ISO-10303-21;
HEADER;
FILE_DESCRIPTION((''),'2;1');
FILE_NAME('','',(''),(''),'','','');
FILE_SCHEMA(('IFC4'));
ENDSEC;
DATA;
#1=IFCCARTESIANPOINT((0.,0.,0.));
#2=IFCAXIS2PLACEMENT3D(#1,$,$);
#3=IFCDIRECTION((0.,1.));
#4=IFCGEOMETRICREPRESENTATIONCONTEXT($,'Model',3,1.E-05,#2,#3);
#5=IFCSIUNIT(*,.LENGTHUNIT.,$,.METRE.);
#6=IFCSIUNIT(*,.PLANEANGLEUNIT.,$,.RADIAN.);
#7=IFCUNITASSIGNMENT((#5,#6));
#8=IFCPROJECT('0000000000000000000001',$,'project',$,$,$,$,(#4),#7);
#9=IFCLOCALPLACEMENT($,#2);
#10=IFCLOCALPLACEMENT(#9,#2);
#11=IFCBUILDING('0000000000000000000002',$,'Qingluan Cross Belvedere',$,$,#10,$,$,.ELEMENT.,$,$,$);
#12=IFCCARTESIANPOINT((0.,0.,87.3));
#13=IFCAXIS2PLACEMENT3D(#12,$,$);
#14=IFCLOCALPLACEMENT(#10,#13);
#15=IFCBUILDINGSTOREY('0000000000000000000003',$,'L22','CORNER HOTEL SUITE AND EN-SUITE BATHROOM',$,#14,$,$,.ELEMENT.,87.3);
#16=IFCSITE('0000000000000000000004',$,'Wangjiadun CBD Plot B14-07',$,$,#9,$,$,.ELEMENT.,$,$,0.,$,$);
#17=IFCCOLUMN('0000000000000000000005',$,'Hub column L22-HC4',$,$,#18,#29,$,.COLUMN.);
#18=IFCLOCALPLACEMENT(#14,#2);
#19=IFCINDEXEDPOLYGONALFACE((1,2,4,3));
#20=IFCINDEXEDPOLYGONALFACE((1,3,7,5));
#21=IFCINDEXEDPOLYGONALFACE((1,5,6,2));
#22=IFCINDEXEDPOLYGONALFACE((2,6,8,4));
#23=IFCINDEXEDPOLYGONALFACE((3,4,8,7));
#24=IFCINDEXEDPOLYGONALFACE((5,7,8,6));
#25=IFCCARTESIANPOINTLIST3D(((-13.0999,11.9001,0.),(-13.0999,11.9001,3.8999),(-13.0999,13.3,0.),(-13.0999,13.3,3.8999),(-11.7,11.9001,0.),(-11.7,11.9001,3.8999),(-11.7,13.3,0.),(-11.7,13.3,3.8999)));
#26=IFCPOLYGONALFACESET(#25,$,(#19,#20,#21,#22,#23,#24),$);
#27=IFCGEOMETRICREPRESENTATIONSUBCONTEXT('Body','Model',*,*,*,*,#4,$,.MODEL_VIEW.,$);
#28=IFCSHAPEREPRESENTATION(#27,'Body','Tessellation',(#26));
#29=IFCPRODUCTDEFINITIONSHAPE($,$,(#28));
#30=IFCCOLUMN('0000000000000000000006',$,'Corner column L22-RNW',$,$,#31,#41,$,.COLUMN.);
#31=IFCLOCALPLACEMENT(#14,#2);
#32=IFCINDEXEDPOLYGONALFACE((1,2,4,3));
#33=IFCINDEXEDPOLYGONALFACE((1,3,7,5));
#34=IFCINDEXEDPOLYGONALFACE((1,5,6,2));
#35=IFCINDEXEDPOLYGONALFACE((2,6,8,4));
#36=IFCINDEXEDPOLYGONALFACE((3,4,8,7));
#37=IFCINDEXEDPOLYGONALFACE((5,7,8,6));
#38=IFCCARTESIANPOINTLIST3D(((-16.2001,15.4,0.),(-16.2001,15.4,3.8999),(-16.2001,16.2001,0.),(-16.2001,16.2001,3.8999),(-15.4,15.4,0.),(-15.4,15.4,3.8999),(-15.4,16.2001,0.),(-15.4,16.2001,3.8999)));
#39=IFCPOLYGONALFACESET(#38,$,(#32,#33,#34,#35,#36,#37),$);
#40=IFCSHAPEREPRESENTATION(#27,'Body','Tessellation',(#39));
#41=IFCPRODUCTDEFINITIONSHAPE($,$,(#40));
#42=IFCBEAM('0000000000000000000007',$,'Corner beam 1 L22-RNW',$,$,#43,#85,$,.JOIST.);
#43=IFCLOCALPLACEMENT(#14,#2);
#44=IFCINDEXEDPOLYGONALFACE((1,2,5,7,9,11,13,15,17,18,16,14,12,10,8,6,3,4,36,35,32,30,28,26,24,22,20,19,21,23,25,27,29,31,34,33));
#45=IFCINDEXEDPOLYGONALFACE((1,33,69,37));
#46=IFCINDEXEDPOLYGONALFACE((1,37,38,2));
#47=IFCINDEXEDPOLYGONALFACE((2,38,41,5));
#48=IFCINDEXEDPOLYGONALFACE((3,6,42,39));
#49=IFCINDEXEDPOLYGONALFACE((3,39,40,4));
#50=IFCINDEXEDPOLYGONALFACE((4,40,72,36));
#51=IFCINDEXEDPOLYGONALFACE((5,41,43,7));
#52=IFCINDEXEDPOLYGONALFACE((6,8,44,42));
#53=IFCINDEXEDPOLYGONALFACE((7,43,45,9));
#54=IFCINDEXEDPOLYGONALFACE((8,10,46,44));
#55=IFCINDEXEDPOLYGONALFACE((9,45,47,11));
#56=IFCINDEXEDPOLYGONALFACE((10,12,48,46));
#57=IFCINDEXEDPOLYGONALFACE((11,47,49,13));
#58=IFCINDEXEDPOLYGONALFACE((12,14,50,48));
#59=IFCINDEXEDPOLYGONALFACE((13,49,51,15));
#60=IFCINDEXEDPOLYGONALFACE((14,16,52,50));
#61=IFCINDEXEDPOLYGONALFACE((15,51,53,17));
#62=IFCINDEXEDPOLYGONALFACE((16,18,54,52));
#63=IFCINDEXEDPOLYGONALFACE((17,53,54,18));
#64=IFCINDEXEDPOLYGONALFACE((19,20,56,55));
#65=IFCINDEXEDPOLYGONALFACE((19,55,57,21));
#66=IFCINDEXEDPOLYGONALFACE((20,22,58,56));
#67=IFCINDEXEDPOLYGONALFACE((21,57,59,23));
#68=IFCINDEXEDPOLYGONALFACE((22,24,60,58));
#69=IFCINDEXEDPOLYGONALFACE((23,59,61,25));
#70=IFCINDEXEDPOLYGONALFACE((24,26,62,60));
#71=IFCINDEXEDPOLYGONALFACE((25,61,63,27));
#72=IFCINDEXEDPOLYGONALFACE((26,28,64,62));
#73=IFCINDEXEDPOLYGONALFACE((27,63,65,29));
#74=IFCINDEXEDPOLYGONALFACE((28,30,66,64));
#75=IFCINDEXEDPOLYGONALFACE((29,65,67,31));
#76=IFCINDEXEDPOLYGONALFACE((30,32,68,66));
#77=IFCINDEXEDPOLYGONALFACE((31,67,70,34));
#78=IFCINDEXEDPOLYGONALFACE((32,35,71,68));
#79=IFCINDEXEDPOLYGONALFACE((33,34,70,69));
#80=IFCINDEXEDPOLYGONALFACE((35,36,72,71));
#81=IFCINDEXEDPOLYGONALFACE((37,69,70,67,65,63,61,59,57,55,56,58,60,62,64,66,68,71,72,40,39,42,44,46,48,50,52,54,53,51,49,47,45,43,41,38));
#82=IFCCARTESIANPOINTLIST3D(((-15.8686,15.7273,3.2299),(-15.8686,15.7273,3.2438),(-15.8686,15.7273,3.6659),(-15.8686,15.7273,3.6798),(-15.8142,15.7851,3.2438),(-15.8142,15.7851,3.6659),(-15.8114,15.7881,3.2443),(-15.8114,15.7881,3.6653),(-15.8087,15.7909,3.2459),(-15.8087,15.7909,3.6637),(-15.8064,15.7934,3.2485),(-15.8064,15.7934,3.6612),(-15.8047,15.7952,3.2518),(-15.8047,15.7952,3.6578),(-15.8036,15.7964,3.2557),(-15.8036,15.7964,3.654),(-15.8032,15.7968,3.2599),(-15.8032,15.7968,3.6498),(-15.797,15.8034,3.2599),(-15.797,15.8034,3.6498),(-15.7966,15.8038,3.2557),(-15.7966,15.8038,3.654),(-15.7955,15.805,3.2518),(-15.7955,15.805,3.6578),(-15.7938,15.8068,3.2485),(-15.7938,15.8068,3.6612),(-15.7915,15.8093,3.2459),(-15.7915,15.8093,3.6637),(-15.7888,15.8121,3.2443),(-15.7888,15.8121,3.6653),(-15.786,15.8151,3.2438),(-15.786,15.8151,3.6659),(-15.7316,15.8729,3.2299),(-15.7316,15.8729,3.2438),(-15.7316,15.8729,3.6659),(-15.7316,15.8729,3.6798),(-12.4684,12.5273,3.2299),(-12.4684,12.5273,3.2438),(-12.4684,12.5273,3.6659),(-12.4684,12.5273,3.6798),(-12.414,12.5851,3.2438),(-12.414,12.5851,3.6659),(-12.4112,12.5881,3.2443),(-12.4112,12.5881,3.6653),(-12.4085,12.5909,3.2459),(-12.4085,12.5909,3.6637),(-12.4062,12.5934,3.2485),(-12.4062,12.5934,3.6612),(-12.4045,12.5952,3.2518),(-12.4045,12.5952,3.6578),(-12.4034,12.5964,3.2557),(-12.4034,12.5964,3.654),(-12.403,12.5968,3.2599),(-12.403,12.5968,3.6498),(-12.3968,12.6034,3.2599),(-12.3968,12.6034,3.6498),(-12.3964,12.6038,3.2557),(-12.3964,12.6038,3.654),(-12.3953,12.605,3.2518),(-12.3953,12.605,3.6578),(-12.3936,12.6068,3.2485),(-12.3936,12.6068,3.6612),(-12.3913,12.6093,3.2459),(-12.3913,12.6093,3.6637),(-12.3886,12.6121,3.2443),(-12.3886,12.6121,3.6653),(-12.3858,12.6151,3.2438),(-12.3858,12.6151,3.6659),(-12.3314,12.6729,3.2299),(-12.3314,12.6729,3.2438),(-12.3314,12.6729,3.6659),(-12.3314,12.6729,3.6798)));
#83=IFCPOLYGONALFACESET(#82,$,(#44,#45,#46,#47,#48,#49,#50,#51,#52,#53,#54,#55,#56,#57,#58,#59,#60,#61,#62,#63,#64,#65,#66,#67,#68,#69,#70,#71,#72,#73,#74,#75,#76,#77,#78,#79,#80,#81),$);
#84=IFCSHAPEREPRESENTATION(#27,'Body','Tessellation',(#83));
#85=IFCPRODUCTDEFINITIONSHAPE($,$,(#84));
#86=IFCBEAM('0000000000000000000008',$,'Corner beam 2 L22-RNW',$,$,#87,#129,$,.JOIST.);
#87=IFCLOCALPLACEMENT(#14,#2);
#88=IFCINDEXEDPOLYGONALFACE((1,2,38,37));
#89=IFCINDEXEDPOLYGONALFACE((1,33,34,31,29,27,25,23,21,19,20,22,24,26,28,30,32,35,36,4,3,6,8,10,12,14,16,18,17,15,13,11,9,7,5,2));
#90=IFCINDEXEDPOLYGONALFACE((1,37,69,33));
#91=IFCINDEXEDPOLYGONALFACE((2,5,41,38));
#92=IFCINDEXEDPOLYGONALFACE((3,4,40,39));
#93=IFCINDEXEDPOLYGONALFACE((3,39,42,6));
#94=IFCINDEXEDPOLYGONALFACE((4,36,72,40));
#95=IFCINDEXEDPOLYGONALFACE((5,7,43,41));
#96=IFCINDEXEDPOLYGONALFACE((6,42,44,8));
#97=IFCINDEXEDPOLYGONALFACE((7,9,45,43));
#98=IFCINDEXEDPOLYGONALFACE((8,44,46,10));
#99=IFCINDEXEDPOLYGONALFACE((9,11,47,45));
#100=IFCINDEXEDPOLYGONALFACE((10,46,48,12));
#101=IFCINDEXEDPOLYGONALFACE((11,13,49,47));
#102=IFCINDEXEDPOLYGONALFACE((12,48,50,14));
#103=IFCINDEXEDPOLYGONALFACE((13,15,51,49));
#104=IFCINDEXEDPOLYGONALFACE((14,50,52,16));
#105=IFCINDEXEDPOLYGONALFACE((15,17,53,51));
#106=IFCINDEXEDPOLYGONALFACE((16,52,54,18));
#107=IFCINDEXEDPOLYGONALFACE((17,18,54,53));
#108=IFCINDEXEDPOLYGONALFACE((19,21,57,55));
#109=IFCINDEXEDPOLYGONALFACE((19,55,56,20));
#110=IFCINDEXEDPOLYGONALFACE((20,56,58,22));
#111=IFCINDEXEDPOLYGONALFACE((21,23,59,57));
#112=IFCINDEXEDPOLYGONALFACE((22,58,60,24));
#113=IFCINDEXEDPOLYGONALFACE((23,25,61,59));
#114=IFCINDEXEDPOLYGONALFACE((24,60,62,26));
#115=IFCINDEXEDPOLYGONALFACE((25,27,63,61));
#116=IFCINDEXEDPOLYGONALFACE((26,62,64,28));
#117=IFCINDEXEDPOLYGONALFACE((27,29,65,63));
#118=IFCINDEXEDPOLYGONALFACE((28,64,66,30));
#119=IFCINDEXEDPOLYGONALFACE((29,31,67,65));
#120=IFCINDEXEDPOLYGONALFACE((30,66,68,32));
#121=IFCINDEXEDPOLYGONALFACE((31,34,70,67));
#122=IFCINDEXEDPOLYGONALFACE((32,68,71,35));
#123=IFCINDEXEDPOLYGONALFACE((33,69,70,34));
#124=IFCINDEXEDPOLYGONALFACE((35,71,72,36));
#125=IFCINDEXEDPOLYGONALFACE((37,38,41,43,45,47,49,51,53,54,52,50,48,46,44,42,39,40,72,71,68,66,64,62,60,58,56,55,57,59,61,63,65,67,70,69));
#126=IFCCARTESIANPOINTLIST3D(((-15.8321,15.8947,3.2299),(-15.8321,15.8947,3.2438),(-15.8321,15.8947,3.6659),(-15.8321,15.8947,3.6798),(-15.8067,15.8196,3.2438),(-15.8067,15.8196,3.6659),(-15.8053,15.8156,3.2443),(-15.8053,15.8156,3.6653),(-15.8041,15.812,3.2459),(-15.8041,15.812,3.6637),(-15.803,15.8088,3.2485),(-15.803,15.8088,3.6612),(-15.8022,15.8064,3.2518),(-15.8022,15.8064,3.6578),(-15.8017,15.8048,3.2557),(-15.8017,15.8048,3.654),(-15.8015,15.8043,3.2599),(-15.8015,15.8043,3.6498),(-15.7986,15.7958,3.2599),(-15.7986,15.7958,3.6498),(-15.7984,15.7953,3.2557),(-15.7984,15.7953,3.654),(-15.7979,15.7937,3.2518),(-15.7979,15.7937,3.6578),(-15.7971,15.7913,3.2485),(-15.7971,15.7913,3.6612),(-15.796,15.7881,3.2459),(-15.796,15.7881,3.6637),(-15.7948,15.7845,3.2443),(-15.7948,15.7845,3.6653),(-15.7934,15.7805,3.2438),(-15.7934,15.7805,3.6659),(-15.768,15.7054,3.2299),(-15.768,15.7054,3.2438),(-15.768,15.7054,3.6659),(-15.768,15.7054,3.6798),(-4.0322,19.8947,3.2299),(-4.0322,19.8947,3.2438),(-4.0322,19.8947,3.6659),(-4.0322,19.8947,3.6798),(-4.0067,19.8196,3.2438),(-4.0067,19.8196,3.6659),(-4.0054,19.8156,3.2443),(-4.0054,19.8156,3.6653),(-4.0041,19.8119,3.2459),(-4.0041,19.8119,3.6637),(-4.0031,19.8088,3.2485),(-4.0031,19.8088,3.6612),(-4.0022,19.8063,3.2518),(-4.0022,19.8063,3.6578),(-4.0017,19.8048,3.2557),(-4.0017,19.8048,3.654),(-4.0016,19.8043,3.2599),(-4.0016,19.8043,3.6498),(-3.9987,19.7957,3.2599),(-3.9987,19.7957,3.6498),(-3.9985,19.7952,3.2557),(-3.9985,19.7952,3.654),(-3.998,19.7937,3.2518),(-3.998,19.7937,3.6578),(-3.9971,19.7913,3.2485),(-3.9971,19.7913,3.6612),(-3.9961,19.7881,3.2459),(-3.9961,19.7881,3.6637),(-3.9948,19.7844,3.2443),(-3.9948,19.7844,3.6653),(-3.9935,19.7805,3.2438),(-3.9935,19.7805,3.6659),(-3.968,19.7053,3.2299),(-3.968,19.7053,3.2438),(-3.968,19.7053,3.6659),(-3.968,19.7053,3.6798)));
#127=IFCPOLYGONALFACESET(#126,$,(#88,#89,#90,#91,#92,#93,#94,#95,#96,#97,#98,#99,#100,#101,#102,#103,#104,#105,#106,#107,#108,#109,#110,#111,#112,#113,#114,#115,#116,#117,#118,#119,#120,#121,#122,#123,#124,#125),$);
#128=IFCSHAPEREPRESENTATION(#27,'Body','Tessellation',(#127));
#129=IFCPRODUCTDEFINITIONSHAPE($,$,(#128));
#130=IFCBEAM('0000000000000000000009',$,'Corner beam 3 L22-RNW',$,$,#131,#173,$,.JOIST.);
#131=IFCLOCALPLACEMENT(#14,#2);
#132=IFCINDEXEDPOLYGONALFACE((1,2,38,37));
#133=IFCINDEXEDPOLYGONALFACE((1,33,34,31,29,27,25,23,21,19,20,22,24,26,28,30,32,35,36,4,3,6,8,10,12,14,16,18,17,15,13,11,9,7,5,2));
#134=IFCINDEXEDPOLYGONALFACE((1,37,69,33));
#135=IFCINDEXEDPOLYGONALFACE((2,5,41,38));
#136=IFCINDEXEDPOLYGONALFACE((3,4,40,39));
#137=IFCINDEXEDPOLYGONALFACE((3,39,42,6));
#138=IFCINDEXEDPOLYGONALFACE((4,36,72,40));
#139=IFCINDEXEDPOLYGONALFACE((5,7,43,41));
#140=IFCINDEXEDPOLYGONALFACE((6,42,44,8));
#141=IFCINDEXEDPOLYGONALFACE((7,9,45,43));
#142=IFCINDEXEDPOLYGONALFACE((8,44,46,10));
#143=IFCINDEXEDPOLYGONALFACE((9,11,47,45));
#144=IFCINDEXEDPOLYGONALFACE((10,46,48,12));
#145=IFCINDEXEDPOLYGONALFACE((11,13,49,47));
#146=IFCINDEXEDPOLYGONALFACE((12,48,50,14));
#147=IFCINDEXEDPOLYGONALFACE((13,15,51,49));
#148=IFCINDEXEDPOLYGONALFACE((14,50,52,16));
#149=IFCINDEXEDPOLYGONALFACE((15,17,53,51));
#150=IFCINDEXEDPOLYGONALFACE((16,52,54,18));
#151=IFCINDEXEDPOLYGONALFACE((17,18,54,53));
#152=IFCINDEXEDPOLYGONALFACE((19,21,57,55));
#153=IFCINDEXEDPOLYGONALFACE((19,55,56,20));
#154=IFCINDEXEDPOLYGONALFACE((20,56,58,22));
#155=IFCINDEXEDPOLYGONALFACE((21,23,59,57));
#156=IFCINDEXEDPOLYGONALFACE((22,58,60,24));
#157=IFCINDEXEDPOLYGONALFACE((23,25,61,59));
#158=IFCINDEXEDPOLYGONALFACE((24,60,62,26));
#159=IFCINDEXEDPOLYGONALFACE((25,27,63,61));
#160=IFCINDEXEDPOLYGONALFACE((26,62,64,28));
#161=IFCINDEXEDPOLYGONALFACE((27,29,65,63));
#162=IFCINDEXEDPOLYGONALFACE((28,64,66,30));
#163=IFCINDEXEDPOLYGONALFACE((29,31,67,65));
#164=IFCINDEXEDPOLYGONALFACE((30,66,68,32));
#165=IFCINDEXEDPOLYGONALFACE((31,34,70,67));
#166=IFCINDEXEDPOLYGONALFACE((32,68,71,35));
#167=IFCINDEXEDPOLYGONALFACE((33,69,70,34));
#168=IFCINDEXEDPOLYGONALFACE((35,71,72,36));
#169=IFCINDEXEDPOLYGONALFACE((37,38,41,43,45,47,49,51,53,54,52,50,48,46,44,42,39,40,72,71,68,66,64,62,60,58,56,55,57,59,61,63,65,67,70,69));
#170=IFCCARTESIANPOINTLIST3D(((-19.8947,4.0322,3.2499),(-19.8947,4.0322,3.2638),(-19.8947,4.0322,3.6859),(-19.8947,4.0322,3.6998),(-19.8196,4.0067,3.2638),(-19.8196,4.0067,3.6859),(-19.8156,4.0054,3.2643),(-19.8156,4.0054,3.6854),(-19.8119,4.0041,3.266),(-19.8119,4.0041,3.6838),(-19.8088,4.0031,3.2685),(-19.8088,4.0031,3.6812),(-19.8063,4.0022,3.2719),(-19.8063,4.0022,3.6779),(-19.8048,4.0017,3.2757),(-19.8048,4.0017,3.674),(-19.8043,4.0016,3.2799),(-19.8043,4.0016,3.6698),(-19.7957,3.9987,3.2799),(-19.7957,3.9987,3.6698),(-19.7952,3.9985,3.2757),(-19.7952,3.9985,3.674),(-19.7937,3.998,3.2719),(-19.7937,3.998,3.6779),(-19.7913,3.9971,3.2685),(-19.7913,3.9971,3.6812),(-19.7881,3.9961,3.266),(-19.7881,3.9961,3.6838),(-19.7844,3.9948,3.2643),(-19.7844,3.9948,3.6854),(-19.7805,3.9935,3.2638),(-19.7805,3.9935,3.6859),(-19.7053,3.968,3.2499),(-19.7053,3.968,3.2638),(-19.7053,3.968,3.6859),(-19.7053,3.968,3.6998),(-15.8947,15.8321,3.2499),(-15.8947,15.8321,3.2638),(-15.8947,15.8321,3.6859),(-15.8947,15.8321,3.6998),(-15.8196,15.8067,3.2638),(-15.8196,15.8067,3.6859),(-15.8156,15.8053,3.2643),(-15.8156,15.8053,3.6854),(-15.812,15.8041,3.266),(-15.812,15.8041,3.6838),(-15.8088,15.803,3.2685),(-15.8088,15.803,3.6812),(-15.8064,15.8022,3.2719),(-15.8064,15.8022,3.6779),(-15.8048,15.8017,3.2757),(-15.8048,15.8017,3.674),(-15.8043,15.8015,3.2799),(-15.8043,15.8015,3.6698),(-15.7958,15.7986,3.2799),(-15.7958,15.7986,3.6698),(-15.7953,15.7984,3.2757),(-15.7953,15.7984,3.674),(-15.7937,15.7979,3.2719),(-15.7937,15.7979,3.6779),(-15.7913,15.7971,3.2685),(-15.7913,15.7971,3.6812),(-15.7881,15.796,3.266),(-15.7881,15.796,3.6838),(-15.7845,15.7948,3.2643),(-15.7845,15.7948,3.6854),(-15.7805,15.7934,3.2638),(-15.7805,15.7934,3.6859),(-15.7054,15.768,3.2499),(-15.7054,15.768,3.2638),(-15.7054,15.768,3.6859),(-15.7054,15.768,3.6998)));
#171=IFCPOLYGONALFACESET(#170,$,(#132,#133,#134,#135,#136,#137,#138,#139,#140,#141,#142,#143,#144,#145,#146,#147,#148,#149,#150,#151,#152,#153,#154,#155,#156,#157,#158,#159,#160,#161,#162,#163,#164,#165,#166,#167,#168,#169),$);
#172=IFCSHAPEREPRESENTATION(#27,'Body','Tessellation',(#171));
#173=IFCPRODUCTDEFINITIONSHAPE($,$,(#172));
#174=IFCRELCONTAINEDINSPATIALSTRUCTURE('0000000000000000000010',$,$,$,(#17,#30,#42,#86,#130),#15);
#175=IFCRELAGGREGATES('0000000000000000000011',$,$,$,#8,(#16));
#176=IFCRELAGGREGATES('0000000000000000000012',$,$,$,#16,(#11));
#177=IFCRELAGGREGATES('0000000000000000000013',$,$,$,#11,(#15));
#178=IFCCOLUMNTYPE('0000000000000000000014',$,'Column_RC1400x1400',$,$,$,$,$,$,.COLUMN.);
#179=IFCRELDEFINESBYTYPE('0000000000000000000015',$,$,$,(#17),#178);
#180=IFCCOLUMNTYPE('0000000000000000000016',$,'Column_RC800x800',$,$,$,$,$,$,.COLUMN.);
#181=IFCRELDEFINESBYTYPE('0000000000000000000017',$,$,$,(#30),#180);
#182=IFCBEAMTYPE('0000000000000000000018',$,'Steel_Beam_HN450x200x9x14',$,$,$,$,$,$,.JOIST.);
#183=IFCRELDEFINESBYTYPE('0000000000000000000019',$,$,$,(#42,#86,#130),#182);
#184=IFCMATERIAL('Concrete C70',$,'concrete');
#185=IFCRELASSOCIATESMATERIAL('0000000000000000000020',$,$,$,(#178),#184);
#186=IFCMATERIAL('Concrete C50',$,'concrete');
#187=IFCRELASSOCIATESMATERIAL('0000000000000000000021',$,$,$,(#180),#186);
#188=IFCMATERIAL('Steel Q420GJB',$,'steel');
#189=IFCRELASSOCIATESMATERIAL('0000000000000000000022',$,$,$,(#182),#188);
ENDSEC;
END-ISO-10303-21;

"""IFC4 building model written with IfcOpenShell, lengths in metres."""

from ifc_helpers import new_model, si_unit, direction, frame, origin, origin_2d, place, context, subcontext, project, spatial, rectangle, i_section, extrude, material, material_profile, profile_set, type_object, element, save


model = new_model("IFC4")

# Units and contexts
model_context = context("Model", 3, precision=1e-05, world=origin(), true_north=direction((0.0, 1.0)))
body_context = subcontext(model_context, "Body", "Model", "MODEL_VIEW")
ifc_project = project(units=[si_unit("LENGTHUNIT", "METRE"), si_unit("PLANEANGLEUNIT", "RADIAN")], contexts=[model_context])

# Site, building, storey
site_placement = place(None, origin())
site = spatial("IfcSite", under=ifc_project, at=site_placement, Name="Wangjiadun CBD Plot B14-07", CompositionType="ELEMENT", RefElevation=0.0)
building_placement = place(site_placement, origin())
building = spatial("IfcBuilding", under=site, at=building_placement, Name="Qingluan Cross Belvedere", CompositionType="ELEMENT")
storey_placement = place(building_placement, frame((0.0, 0.0, 87.3)))
storey = spatial("IfcBuildingStorey", under=building, at=storey_placement, Name="L22", Description="CORNER HOTEL SUITE AND EN-SUITE BATHROOM", CompositionType="ELEMENT", Elevation=87.3)

# Columns
ifc_material_1 = material(Name="Concrete C70", Category="concrete")
ifc_material_profile_1 = material_profile(ifc_material_1, rectangle(XDim=1.3999, YDim=1.3999, at=origin_2d()), Name="RC1400x1400")
ifc_profile_set_1 = profile_set([ifc_material_profile_1], Name="Concrete C70")
column_type_1 = type_object("IfcColumnType", Name="Column_RC1400x1400", PredefinedType="COLUMN", material=ifc_profile_set_1)
column_1_placement = place(storey_placement, frame((-12.3999, 12.6001, 0.0), z_axis=(0.0, 0.0, 1.0), x_axis=(1.0, 0.0, 0.0)))
element("IfcColumn", 1, at=column_1_placement, inside=storey, type_object=column_type_1, Name="Hub column L22-HC4", PredefinedType="COLUMN", context=body_context, shape_type="SweptSolid", body=[
    extrude(rectangle(XDim=1.3999, YDim=1.3999, at=origin_2d()), origin(), (0.0, 0.0, 1.0), 3.8999),
])
ifc_material_2 = material(Name="Concrete C50", Category="concrete")
ifc_material_profile_2 = material_profile(ifc_material_2, rectangle(XDim=0.8, YDim=0.8, at=origin_2d()), Name="RC800x800")
ifc_profile_set_2 = profile_set([ifc_material_profile_2], Name="Concrete C50")
column_type_2 = type_object("IfcColumnType", Name="Column_RC800x800", PredefinedType="COLUMN", material=ifc_profile_set_2)
column_2_placement = place(storey_placement, frame((-15.8, 15.8, 0.0), z_axis=(0.0, 0.0, 1.0), x_axis=(1.0, 0.0, 0.0)))
element("IfcColumn", 2, at=column_2_placement, inside=storey, type_object=column_type_2, Name="Corner column L22-RNW", PredefinedType="COLUMN", context=body_context, shape_type="SweptSolid", body=[
    extrude(rectangle(XDim=0.8, YDim=0.8, at=origin_2d()), origin(), (0.0, 0.0, 1.0), 3.8999),
])

# Beams
ifc_material_3 = material(Name="Steel Q420GJB", Category="steel")
ifc_material_profile_3 = material_profile(ifc_material_3, i_section(OverallWidth=0.2, OverallDepth=0.45, WebThickness=0.009, FlangeThickness=0.0139, FilletRadius=0.0161, at=origin_2d()), Name="HN450x200x9x14")
ifc_profile_set_3 = profile_set([ifc_material_profile_3], Name="Steel Q420GJB")
beam_type_1 = type_object("IfcBeamType", Name="Steel_Beam_HN450x200x9x14", PredefinedType="JOIST", material=ifc_profile_set_3)
beam_1_placement = place(storey_placement, frame((-12.3999, 12.6001, 3.4548), z_axis=(-0.72822, 0.685343, 0.0), x_axis=(-0.685343, -0.72822, 0.0)))
element("IfcBeam", 3, at=beam_1_placement, inside=storey, type_object=beam_type_1, Name="Corner beam 1 L22-RNW", PredefinedType="JOIST", context=body_context, shape_type="SweptSolid", body=[
    extrude(i_section(OverallWidth=0.2, OverallDepth=0.45, WebThickness=0.009, FlangeThickness=0.0139, FilletRadius=0.0161, at=origin_2d()), origin(), (0.0, 0.0, 1.0), 4.6692),
])
for number, where, z_axis, x_axis, name in (
    (4, (-15.8, 15.8, 3.4548), (0.947066, 0.321038, 0.0), (-0.321038, 0.947066, 0.0), "Corner beam 2 L22-RNW"),
    (5, (-15.8, 15.8, 3.4749), (-0.321038, -0.947066, 0.0), (0.947066, -0.321038, 0.0), "Corner beam 3 L22-RNW"),
):
    element("IfcBeam", number, at=place(storey_placement, frame(where, z_axis=z_axis, x_axis=x_axis)), inside=storey, type_object=beam_type_1, Name=name, PredefinedType="JOIST", context=body_context, shape_type="SweptSolid", body=[
        extrude(i_section(OverallWidth=0.2, OverallDepth=0.45, WebThickness=0.009, FlangeThickness=0.0139, FilletRadius=0.0161, at=origin_2d()), origin(), (0.0, 0.0, 1.0), 12.4595),
    ])

save(model, "model.ifc")
